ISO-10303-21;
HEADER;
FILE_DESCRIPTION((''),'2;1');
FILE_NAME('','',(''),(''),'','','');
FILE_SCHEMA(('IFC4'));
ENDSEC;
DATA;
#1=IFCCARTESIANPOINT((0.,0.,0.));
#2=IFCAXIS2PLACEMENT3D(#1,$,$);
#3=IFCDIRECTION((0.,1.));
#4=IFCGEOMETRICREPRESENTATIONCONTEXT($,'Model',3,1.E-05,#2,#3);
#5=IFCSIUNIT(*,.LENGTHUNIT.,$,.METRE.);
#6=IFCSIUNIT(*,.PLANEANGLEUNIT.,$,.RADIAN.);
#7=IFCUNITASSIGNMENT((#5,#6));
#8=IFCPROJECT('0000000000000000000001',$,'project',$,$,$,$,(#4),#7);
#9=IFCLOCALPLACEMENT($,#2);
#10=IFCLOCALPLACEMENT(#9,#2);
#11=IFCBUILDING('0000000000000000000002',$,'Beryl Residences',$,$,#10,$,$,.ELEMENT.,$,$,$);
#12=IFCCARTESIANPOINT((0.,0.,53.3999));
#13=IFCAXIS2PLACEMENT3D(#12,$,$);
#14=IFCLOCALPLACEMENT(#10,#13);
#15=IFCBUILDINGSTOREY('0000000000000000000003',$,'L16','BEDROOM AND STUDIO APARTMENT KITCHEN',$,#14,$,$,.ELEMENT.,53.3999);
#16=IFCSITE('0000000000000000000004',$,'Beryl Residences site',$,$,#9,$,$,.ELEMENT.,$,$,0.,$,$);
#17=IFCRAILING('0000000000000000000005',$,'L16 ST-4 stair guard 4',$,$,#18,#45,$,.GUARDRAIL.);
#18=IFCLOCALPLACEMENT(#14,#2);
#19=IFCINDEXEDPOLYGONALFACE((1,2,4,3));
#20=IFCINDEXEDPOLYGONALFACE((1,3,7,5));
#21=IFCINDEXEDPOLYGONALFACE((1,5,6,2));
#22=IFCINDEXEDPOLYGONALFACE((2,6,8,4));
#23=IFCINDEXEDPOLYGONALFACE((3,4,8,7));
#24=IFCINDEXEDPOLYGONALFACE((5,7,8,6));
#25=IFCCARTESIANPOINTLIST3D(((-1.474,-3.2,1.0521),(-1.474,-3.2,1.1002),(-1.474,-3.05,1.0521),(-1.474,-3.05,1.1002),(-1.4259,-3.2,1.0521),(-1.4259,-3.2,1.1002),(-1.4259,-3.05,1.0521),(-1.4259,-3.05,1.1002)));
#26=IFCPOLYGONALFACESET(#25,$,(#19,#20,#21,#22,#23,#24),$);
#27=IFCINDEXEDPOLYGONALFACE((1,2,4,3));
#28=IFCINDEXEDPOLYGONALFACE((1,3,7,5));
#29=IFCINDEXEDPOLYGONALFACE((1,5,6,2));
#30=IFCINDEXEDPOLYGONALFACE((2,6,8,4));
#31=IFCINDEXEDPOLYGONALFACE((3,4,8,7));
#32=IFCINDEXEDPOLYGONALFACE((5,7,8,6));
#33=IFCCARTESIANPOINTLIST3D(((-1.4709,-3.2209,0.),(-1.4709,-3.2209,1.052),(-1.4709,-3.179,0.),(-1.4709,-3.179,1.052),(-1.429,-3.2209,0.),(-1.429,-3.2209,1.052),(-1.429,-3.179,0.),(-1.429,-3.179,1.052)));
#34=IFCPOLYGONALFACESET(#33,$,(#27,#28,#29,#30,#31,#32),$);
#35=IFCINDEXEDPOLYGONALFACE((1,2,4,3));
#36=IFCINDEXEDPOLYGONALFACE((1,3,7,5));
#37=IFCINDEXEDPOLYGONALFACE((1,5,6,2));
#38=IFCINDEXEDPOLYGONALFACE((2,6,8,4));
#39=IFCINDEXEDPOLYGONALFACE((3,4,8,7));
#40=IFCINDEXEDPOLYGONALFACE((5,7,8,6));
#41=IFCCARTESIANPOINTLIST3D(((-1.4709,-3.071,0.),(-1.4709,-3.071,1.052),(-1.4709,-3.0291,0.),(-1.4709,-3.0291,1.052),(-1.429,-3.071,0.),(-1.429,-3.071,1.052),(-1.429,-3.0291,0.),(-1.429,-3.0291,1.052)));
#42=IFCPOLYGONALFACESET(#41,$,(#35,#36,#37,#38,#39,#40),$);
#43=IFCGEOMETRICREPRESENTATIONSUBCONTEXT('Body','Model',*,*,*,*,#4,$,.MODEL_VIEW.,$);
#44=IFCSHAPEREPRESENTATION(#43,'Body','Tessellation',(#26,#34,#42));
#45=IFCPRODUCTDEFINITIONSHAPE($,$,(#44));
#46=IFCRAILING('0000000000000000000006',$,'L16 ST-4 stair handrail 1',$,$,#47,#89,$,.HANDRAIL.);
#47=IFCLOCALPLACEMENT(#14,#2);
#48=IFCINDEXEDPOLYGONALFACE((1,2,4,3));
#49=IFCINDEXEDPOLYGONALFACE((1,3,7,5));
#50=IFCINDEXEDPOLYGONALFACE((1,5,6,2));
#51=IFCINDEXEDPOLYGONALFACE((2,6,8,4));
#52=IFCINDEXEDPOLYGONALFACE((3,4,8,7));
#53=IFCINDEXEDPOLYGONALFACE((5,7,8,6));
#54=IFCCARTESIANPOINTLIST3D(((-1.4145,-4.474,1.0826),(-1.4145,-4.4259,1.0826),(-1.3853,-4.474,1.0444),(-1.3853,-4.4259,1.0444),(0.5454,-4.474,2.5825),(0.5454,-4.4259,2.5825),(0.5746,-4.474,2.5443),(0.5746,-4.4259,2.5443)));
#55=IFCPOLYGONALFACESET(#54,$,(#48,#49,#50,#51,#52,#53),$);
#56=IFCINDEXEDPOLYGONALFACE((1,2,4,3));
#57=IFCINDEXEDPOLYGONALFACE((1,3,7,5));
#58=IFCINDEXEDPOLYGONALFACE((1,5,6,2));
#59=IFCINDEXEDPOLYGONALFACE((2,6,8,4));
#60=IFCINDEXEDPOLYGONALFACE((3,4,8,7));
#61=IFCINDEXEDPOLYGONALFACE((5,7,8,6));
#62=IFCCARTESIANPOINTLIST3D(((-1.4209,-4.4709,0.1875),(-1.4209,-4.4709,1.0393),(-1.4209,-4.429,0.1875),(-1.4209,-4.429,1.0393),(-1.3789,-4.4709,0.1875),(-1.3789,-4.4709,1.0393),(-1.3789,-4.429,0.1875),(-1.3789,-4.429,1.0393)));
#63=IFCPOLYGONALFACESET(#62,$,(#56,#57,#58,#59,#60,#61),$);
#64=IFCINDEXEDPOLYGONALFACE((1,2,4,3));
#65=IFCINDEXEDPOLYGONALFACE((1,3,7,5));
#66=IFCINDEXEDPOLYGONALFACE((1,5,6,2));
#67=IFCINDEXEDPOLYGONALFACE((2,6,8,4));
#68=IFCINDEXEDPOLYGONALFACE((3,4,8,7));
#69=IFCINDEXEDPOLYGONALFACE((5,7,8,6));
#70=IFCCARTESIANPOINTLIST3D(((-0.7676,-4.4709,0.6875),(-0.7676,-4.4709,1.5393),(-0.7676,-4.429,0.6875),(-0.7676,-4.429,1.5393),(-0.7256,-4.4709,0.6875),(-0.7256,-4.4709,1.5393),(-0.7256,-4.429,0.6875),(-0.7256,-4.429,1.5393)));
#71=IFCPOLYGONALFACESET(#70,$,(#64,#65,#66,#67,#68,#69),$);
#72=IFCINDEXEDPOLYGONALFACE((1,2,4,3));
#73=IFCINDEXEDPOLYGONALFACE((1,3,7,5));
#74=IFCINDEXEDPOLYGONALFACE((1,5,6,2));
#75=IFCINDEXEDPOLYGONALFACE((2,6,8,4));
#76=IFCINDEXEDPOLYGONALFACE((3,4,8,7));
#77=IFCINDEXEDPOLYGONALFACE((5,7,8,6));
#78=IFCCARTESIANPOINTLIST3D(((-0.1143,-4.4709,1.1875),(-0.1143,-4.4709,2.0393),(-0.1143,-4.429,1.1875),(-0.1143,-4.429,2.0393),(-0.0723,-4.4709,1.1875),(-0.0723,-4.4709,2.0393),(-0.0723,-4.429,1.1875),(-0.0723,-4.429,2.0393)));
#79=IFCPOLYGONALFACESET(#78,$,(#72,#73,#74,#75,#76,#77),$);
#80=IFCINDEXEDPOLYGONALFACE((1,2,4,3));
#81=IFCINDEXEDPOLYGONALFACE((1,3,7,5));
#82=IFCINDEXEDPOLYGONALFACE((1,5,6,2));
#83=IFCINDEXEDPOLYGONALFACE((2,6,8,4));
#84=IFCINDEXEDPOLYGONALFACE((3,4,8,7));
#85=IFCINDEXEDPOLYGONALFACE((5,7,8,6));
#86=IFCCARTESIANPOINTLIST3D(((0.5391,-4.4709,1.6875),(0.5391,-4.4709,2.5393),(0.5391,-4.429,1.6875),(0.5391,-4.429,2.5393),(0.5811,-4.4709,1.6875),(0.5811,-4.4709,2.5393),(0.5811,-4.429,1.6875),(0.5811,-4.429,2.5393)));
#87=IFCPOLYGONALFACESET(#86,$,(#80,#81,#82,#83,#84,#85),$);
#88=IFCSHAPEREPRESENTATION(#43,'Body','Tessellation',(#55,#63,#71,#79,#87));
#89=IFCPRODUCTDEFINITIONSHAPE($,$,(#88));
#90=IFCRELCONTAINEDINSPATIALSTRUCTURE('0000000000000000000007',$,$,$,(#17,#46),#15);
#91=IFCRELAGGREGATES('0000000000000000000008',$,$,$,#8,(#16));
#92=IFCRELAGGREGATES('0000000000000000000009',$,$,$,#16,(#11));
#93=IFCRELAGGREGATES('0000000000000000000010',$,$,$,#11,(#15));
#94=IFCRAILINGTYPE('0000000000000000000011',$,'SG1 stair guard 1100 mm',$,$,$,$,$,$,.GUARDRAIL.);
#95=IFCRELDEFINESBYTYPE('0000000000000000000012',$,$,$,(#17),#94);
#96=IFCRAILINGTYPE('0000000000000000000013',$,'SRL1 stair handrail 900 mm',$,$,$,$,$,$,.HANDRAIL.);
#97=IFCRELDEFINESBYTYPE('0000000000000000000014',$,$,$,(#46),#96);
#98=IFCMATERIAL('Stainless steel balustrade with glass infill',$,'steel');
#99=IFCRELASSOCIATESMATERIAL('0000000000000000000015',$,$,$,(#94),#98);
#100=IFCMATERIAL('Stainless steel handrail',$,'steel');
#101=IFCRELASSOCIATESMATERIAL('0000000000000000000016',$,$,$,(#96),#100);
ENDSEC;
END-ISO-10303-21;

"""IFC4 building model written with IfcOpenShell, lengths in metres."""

from ifc_helpers import new_model, si_unit, direction, frame, origin, origin_2d, place, context, subcontext, project, spatial, rectangle, extrude, material, type_object, element, save


model = new_model("IFC4")

# Units and contexts
model_context = context("Model", 3, precision=1e-05, world=origin(), true_north=direction((0.0, 1.0)))
body_context = subcontext(model_context, "Body", "Model", "MODEL_VIEW")
ifc_project = project(units=[si_unit("LENGTHUNIT", "METRE"), si_unit("PLANEANGLEUNIT", "RADIAN")], contexts=[model_context])

# Site, building, storey
site_placement = place(None, origin())
site = spatial("IfcSite", under=ifc_project, at=site_placement, Name="Beryl Residences site", CompositionType="ELEMENT", RefElevation=0.0)
building_placement = place(site_placement, origin())
building = spatial("IfcBuilding", under=site, at=building_placement, Name="Beryl Residences", CompositionType="ELEMENT")
storey_placement = place(building_placement, frame((0.0, 0.0, 53.3999)))
storey = spatial("IfcBuildingStorey", under=building, at=storey_placement, Name="L16", Description="BEDROOM AND STUDIO APARTMENT KITCHEN", CompositionType="ELEMENT", Elevation=53.3999)

# Railings
ifc_material_1 = material(Name="Stainless steel balustrade with glass infill", Category="steel")
railing_type_1 = type_object("IfcRailingType", Name="SG1 stair guard 1100 mm", PredefinedType="GUARDRAIL", material=ifc_material_1)
railing_1_placement = place(storey_placement, frame((-1.45, -3.2, 0.0)))
element("IfcRailing", 1, at=railing_1_placement, inside=storey, type_object=railing_type_1, Name="L16 ST-4 stair guard 4", PredefinedType="GUARDRAIL", context=body_context, shape_type="SweptSolid", body=[
    extrude(rectangle(XDim=0.0481, YDim=0.0481, at=origin_2d()), frame((0.0, 0.0, 1.0762), z_axis=(0.0, 1.0, 0.0), x_axis=(-1.0, 0.0, 0.0)), (0.0, 0.0, 1.0), 0.1499),
    extrude(rectangle(XDim=0.042, YDim=0.042, at=origin_2d()), origin(), (0.0, 0.0, 1.0), 1.052),
    extrude(rectangle(XDim=0.042, YDim=0.042, at=origin_2d()), frame((0.0, 0.1499, 0.0)), (0.0, 0.0, 1.0), 1.052),
])
ifc_material_2 = material(Name="Stainless steel handrail", Category="steel")
railing_type_2 = type_object("IfcRailingType", Name="SRL1 stair handrail 900 mm", PredefinedType="HANDRAIL", material=ifc_material_2)
railing_2_placement = place(storey_placement, frame((-1.3999, -4.45, 0.1875)))
element("IfcRailing", 2, at=railing_2_placement, inside=storey, type_object=railing_type_2, Name="L16 ST-4 stair handrail 1", PredefinedType="HANDRAIL", context=body_context, shape_type="SweptSolid", body=[
    extrude(rectangle(XDim=0.0481, YDim=0.0481, at=origin_2d()), frame((0.0, 0.0, 0.876), z_axis=(0.794122, 0.0, 0.607758), x_axis=(0.0, 1.0, 0.0)), (0.0, 0.0, 1.0), 2.468),
    extrude(rectangle(XDim=0.042, YDim=0.042, at=origin_2d()), origin(), (0.0, 0.0, 1.0), 0.8518),
    extrude(rectangle(XDim=0.042, YDim=0.042, at=origin_2d()), frame((0.6533, 0.0, 0.5)), (0.0, 0.0, 1.0), 0.8518),
    extrude(rectangle(XDim=0.042, YDim=0.042, at=origin_2d()), frame((1.3066, 0.0, 1.0)), (0.0, 0.0, 1.0), 0.8518),
    extrude(rectangle(XDim=0.042, YDim=0.042, at=origin_2d()), frame((1.96, 0.0, 1.5)), (0.0, 0.0, 1.0), 0.8518),
])

save(model, "model.ifc")
